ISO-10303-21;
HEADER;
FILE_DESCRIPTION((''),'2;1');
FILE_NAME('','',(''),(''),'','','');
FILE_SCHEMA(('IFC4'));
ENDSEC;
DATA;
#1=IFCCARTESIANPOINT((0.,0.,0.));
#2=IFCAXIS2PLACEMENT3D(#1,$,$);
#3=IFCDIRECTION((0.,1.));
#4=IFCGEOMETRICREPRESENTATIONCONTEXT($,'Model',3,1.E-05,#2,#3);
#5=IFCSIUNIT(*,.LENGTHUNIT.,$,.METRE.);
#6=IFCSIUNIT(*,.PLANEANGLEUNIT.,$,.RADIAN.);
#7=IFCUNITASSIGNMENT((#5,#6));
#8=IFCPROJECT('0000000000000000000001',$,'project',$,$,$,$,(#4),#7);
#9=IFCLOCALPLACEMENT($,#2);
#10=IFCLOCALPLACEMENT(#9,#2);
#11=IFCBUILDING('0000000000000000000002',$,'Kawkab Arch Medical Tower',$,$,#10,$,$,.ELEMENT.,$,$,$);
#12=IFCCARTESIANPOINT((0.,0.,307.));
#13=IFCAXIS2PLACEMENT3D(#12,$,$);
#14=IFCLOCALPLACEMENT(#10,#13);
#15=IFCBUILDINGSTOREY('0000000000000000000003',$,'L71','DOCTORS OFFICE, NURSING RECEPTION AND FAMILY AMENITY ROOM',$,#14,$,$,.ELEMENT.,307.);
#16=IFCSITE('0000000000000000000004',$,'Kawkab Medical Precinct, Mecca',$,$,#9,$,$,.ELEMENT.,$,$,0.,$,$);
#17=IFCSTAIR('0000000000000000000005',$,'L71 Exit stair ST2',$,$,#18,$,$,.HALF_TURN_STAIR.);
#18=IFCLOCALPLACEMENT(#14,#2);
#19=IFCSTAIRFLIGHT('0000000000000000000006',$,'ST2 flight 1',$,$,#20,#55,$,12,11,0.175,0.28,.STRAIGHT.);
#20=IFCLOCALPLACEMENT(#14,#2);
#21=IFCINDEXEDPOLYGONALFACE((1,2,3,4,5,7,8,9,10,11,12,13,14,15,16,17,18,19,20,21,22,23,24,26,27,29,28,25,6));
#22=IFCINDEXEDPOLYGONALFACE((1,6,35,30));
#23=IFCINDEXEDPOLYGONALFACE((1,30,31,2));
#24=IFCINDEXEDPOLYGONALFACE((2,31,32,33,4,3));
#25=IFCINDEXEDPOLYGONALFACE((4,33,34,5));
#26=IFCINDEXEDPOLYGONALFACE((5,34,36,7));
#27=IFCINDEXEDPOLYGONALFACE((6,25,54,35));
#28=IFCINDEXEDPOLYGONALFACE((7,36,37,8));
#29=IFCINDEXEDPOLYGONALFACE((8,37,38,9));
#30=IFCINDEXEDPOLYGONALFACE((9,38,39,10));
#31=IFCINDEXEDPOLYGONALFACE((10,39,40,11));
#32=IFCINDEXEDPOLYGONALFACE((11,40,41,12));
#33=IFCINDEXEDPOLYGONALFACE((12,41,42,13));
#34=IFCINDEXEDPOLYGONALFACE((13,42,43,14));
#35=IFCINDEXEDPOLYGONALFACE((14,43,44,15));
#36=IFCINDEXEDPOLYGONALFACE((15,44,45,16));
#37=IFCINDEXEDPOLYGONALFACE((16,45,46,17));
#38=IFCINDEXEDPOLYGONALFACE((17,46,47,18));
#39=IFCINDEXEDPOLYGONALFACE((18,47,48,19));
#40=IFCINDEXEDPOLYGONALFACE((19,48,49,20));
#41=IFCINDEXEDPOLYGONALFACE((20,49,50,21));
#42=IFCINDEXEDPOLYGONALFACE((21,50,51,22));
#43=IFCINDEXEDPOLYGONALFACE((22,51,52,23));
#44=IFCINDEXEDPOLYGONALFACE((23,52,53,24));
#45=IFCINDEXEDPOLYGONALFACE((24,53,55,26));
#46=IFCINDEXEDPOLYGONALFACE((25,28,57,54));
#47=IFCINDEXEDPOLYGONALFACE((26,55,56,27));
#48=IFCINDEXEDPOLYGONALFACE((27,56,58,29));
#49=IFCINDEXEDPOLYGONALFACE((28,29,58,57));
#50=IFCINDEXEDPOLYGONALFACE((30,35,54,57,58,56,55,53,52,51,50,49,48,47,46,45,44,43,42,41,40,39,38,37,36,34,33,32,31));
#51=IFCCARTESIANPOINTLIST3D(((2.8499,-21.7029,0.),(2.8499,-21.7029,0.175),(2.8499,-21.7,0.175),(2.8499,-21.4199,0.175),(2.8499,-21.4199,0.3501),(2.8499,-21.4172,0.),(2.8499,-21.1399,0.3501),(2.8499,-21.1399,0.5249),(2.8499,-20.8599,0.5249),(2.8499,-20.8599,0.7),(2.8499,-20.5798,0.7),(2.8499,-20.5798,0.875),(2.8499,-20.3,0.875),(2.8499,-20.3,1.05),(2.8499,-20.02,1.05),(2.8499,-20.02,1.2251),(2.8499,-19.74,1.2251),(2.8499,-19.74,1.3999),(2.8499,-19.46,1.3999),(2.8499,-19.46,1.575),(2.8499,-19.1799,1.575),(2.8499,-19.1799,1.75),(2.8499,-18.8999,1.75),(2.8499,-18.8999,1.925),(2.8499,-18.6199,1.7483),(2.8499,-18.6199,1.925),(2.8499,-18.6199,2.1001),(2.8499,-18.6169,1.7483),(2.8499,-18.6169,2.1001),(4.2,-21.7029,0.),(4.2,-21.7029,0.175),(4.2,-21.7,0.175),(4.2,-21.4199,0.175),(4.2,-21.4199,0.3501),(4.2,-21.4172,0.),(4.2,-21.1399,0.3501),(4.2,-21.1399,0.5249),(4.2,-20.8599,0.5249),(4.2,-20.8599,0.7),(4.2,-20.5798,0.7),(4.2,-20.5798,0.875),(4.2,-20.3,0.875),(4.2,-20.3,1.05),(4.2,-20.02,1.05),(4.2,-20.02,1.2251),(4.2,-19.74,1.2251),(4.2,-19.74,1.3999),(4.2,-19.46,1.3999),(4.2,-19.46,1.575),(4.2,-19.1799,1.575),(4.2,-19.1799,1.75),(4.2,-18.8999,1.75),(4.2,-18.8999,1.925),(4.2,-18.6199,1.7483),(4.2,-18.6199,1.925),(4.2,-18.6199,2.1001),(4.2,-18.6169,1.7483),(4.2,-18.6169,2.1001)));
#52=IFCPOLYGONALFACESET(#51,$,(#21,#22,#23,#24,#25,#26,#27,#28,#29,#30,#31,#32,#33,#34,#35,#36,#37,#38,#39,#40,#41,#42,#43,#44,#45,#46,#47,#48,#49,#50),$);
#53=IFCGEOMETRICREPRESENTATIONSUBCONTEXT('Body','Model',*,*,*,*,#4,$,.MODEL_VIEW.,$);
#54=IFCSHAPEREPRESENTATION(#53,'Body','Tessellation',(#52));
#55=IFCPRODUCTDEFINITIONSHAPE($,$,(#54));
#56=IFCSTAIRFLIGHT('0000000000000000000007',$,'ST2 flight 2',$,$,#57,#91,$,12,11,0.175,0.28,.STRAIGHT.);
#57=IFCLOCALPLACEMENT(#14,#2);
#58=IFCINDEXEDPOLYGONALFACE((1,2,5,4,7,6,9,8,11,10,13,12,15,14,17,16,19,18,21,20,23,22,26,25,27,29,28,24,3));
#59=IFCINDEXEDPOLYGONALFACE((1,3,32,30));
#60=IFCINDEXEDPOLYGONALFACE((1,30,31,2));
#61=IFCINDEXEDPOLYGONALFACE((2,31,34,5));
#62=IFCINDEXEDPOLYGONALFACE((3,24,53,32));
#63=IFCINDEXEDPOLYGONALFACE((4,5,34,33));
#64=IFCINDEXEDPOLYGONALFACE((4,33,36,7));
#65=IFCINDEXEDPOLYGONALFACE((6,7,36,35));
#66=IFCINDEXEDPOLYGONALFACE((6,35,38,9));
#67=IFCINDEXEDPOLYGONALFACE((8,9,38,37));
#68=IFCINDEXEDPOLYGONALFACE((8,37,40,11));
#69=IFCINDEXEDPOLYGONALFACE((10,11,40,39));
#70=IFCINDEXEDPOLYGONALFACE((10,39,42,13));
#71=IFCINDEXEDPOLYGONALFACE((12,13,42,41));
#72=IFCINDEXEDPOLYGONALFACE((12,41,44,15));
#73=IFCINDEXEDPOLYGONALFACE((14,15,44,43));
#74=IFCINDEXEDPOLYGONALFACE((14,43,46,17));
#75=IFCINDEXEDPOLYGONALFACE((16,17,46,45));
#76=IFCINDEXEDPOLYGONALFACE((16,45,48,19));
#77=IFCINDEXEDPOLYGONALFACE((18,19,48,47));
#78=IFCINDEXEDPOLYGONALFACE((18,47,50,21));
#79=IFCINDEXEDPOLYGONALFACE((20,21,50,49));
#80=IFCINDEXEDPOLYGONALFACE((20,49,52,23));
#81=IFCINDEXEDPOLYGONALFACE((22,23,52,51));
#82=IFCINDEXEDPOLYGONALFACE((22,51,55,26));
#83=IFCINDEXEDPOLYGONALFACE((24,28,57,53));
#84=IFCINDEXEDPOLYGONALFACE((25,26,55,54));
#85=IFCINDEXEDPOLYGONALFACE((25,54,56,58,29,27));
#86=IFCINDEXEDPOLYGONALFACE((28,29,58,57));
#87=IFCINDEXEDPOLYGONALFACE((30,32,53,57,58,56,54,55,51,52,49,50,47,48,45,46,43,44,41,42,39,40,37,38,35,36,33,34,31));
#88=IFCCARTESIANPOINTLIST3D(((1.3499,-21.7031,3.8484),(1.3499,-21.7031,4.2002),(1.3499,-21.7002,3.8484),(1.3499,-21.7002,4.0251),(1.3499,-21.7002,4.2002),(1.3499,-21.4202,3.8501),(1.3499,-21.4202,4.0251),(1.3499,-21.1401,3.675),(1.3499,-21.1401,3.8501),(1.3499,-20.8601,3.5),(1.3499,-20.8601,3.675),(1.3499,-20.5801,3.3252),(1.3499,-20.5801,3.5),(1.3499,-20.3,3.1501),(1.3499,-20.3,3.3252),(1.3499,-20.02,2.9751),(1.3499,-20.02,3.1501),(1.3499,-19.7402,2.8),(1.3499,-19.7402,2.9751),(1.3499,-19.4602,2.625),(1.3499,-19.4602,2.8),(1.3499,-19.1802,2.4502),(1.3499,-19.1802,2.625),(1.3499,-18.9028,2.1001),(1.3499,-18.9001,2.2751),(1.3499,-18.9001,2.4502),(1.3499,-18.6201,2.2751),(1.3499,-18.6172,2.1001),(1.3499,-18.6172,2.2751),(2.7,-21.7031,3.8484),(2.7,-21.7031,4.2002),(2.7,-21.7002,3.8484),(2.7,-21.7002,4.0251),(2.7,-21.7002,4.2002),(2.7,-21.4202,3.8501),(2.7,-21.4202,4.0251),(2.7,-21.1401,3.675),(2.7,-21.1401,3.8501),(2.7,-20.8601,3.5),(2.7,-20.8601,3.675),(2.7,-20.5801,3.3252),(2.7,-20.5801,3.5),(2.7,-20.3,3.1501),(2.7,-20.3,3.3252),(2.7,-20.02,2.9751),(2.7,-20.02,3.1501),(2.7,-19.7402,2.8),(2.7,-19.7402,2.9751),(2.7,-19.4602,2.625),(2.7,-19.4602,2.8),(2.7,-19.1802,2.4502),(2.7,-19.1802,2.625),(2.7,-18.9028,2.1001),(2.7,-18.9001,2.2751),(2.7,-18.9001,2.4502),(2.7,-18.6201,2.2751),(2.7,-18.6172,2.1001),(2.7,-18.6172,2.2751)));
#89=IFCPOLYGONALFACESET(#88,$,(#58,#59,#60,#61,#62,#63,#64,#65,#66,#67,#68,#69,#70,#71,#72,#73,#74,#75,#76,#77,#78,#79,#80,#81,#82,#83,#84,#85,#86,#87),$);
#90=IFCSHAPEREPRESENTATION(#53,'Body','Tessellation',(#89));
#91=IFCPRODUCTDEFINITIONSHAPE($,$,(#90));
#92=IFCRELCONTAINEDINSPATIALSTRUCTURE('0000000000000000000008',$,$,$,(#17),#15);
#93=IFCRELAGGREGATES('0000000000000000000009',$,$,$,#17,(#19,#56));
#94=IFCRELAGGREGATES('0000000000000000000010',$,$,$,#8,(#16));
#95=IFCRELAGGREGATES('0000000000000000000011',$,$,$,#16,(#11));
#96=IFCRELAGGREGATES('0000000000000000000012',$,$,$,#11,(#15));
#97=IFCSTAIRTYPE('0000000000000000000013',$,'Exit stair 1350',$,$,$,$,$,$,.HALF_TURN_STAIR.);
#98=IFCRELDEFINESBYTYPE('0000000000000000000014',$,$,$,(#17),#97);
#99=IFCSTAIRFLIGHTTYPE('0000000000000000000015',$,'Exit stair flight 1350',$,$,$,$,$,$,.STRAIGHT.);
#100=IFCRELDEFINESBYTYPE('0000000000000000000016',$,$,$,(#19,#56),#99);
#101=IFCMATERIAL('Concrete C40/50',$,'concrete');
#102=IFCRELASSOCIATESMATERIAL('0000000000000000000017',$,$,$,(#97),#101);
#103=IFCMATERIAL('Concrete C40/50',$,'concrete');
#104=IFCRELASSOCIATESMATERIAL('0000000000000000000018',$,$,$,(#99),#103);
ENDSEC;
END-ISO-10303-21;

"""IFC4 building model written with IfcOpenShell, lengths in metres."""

from ifc_helpers import new_model, si_unit, direction, frame, origin, place, context, subcontext, project, spatial, polyline, outline, extrude, material, type_object, element, aggregate, save


model = new_model("IFC4")

# Units and contexts
model_context = context("Model", 3, precision=1e-05, world=origin(), true_north=direction((0.0, 1.0)))
body_context = subcontext(model_context, "Body", "Model", "MODEL_VIEW")
ifc_project = project(units=[si_unit("LENGTHUNIT", "METRE"), si_unit("PLANEANGLEUNIT", "RADIAN")], contexts=[model_context])

# Site, building, storey
site_placement = place(None, origin())
site = spatial("IfcSite", under=ifc_project, at=site_placement, Name="Kawkab Medical Precinct, Mecca", CompositionType="ELEMENT", RefElevation=0.0)
building_placement = place(site_placement, origin())
building = spatial("IfcBuilding", under=site, at=building_placement, Name="Kawkab Arch Medical Tower", CompositionType="ELEMENT")
storey_placement = place(building_placement, frame((0.0, 0.0, 307.0)))
storey = spatial("IfcBuildingStorey", under=building, at=storey_placement, Name="L71", Description="DOCTORS OFFICE, NURSING RECEPTION AND FAMILY AMENITY ROOM", CompositionType="ELEMENT", Elevation=307.0)

# Stair, stair flights
ifc_material_1 = material(Name="Concrete C40/50", Category="concrete")
stair_type = type_object("IfcStairType", Name="Exit stair 1350", PredefinedType="HALF_TURN_STAIR", material=ifc_material_1)
stair_placement = place(storey_placement, origin())
stair = element("IfcStair", 1, at=stair_placement, inside=storey, type_object=stair_type, Name="L71 Exit stair ST2", PredefinedType="HALF_TURN_STAIR")
ifc_material_2 = material(Name="Concrete C40/50", Category="concrete")
stair_flight_type = type_object("IfcStairFlightType", Name="Exit stair flight 1350", PredefinedType="STRAIGHT", material=ifc_material_2)
stair_flight_1_placement = place(storey_placement, frame((3.5249, -21.7, 0.0), z_axis=(0.0, 0.0, 1.0), x_axis=(0.0, 1.0, 0.0)))
stair_flight_1 = element("IfcStairFlight", 2, at=stair_flight_1_placement, type_object=stair_flight_type, Name="ST2 flight 1", NumberOfRisers=12, NumberOfTreads=11, PredefinedType="STRAIGHT", RiserHeight=0.175, TreadLength=0.28, context=body_context, shape_type="SweptSolid", body=[
    extrude(outline(polyline([(-0.0029, 0.0), (-0.0029, 0.175), (0.0, 0.175), (0.28, 0.175), (0.28, 0.3501), (0.5601, 0.3501), (0.5601, 0.5249), (0.8401, 0.5249), (0.8401, 0.7), (1.1201, 0.7), (1.1201, 0.875), (1.3999, 0.875), (1.3999, 1.05), (1.6799, 1.05), (1.6799, 1.2251), (1.96, 1.2251), (1.96, 1.3999), (2.24, 1.3999), (2.24, 1.575), (2.52, 1.575), (2.52, 1.75), (2.8, 1.75), (2.8, 1.925), (3.0801, 1.925), (3.0801, 2.1001), (3.083, 2.1001), (3.083, 1.7483), (3.0801, 1.7483), (0.2827, 0.0), (-0.0029, 0.0)])), frame((0.0, 0.675, 0.0), z_axis=(0.0, -1.0, 0.0), x_axis=(1.0, 0.0, 0.0)), (0.0, 0.0, 1.0), 1.3501),
])
stair_flight_2_placement = place(storey_placement, frame((2.0249, -18.6201, 2.1001), z_axis=(0.0, 0.0, 1.0), x_axis=(0.0, -1.0, 0.0)))
stair_flight_2 = element("IfcStairFlight", 3, at=stair_flight_2_placement, type_object=stair_flight_type, Name="ST2 flight 2", NumberOfRisers=12, NumberOfTreads=11, PredefinedType="STRAIGHT", RiserHeight=0.175, TreadLength=0.28, context=body_context, shape_type="SweptSolid", body=[
    extrude(outline(polyline([(-0.0029, 0.0), (-0.0029, 0.175), (0.0, 0.175), (0.28, 0.175), (0.28, 0.3501), (0.5601, 0.3501), (0.5601, 0.5249), (0.8401, 0.5249), (0.8401, 0.7), (1.1201, 0.7), (1.1201, 0.875), (1.3999, 0.875), (1.3999, 1.05), (1.6799, 1.05), (1.6799, 1.2251), (1.96, 1.2251), (1.96, 1.3999), (2.24, 1.3999), (2.24, 1.575), (2.52, 1.575), (2.52, 1.75), (2.8, 1.75), (2.8, 1.925), (3.0801, 1.925), (3.0801, 2.1001), (3.083, 2.1001), (3.083, 1.7483), (3.0801, 1.7483), (0.2827, 0.0), (-0.0029, 0.0)])), frame((0.0, 0.675, 0.0), z_axis=(0.0, -1.0, 0.0), x_axis=(1.0, 0.0, 0.0)), (0.0, 0.0, 1.0), 1.3501),
])
aggregate(stair, [stair_flight_1, stair_flight_2])

save(model, "model.ifc")
